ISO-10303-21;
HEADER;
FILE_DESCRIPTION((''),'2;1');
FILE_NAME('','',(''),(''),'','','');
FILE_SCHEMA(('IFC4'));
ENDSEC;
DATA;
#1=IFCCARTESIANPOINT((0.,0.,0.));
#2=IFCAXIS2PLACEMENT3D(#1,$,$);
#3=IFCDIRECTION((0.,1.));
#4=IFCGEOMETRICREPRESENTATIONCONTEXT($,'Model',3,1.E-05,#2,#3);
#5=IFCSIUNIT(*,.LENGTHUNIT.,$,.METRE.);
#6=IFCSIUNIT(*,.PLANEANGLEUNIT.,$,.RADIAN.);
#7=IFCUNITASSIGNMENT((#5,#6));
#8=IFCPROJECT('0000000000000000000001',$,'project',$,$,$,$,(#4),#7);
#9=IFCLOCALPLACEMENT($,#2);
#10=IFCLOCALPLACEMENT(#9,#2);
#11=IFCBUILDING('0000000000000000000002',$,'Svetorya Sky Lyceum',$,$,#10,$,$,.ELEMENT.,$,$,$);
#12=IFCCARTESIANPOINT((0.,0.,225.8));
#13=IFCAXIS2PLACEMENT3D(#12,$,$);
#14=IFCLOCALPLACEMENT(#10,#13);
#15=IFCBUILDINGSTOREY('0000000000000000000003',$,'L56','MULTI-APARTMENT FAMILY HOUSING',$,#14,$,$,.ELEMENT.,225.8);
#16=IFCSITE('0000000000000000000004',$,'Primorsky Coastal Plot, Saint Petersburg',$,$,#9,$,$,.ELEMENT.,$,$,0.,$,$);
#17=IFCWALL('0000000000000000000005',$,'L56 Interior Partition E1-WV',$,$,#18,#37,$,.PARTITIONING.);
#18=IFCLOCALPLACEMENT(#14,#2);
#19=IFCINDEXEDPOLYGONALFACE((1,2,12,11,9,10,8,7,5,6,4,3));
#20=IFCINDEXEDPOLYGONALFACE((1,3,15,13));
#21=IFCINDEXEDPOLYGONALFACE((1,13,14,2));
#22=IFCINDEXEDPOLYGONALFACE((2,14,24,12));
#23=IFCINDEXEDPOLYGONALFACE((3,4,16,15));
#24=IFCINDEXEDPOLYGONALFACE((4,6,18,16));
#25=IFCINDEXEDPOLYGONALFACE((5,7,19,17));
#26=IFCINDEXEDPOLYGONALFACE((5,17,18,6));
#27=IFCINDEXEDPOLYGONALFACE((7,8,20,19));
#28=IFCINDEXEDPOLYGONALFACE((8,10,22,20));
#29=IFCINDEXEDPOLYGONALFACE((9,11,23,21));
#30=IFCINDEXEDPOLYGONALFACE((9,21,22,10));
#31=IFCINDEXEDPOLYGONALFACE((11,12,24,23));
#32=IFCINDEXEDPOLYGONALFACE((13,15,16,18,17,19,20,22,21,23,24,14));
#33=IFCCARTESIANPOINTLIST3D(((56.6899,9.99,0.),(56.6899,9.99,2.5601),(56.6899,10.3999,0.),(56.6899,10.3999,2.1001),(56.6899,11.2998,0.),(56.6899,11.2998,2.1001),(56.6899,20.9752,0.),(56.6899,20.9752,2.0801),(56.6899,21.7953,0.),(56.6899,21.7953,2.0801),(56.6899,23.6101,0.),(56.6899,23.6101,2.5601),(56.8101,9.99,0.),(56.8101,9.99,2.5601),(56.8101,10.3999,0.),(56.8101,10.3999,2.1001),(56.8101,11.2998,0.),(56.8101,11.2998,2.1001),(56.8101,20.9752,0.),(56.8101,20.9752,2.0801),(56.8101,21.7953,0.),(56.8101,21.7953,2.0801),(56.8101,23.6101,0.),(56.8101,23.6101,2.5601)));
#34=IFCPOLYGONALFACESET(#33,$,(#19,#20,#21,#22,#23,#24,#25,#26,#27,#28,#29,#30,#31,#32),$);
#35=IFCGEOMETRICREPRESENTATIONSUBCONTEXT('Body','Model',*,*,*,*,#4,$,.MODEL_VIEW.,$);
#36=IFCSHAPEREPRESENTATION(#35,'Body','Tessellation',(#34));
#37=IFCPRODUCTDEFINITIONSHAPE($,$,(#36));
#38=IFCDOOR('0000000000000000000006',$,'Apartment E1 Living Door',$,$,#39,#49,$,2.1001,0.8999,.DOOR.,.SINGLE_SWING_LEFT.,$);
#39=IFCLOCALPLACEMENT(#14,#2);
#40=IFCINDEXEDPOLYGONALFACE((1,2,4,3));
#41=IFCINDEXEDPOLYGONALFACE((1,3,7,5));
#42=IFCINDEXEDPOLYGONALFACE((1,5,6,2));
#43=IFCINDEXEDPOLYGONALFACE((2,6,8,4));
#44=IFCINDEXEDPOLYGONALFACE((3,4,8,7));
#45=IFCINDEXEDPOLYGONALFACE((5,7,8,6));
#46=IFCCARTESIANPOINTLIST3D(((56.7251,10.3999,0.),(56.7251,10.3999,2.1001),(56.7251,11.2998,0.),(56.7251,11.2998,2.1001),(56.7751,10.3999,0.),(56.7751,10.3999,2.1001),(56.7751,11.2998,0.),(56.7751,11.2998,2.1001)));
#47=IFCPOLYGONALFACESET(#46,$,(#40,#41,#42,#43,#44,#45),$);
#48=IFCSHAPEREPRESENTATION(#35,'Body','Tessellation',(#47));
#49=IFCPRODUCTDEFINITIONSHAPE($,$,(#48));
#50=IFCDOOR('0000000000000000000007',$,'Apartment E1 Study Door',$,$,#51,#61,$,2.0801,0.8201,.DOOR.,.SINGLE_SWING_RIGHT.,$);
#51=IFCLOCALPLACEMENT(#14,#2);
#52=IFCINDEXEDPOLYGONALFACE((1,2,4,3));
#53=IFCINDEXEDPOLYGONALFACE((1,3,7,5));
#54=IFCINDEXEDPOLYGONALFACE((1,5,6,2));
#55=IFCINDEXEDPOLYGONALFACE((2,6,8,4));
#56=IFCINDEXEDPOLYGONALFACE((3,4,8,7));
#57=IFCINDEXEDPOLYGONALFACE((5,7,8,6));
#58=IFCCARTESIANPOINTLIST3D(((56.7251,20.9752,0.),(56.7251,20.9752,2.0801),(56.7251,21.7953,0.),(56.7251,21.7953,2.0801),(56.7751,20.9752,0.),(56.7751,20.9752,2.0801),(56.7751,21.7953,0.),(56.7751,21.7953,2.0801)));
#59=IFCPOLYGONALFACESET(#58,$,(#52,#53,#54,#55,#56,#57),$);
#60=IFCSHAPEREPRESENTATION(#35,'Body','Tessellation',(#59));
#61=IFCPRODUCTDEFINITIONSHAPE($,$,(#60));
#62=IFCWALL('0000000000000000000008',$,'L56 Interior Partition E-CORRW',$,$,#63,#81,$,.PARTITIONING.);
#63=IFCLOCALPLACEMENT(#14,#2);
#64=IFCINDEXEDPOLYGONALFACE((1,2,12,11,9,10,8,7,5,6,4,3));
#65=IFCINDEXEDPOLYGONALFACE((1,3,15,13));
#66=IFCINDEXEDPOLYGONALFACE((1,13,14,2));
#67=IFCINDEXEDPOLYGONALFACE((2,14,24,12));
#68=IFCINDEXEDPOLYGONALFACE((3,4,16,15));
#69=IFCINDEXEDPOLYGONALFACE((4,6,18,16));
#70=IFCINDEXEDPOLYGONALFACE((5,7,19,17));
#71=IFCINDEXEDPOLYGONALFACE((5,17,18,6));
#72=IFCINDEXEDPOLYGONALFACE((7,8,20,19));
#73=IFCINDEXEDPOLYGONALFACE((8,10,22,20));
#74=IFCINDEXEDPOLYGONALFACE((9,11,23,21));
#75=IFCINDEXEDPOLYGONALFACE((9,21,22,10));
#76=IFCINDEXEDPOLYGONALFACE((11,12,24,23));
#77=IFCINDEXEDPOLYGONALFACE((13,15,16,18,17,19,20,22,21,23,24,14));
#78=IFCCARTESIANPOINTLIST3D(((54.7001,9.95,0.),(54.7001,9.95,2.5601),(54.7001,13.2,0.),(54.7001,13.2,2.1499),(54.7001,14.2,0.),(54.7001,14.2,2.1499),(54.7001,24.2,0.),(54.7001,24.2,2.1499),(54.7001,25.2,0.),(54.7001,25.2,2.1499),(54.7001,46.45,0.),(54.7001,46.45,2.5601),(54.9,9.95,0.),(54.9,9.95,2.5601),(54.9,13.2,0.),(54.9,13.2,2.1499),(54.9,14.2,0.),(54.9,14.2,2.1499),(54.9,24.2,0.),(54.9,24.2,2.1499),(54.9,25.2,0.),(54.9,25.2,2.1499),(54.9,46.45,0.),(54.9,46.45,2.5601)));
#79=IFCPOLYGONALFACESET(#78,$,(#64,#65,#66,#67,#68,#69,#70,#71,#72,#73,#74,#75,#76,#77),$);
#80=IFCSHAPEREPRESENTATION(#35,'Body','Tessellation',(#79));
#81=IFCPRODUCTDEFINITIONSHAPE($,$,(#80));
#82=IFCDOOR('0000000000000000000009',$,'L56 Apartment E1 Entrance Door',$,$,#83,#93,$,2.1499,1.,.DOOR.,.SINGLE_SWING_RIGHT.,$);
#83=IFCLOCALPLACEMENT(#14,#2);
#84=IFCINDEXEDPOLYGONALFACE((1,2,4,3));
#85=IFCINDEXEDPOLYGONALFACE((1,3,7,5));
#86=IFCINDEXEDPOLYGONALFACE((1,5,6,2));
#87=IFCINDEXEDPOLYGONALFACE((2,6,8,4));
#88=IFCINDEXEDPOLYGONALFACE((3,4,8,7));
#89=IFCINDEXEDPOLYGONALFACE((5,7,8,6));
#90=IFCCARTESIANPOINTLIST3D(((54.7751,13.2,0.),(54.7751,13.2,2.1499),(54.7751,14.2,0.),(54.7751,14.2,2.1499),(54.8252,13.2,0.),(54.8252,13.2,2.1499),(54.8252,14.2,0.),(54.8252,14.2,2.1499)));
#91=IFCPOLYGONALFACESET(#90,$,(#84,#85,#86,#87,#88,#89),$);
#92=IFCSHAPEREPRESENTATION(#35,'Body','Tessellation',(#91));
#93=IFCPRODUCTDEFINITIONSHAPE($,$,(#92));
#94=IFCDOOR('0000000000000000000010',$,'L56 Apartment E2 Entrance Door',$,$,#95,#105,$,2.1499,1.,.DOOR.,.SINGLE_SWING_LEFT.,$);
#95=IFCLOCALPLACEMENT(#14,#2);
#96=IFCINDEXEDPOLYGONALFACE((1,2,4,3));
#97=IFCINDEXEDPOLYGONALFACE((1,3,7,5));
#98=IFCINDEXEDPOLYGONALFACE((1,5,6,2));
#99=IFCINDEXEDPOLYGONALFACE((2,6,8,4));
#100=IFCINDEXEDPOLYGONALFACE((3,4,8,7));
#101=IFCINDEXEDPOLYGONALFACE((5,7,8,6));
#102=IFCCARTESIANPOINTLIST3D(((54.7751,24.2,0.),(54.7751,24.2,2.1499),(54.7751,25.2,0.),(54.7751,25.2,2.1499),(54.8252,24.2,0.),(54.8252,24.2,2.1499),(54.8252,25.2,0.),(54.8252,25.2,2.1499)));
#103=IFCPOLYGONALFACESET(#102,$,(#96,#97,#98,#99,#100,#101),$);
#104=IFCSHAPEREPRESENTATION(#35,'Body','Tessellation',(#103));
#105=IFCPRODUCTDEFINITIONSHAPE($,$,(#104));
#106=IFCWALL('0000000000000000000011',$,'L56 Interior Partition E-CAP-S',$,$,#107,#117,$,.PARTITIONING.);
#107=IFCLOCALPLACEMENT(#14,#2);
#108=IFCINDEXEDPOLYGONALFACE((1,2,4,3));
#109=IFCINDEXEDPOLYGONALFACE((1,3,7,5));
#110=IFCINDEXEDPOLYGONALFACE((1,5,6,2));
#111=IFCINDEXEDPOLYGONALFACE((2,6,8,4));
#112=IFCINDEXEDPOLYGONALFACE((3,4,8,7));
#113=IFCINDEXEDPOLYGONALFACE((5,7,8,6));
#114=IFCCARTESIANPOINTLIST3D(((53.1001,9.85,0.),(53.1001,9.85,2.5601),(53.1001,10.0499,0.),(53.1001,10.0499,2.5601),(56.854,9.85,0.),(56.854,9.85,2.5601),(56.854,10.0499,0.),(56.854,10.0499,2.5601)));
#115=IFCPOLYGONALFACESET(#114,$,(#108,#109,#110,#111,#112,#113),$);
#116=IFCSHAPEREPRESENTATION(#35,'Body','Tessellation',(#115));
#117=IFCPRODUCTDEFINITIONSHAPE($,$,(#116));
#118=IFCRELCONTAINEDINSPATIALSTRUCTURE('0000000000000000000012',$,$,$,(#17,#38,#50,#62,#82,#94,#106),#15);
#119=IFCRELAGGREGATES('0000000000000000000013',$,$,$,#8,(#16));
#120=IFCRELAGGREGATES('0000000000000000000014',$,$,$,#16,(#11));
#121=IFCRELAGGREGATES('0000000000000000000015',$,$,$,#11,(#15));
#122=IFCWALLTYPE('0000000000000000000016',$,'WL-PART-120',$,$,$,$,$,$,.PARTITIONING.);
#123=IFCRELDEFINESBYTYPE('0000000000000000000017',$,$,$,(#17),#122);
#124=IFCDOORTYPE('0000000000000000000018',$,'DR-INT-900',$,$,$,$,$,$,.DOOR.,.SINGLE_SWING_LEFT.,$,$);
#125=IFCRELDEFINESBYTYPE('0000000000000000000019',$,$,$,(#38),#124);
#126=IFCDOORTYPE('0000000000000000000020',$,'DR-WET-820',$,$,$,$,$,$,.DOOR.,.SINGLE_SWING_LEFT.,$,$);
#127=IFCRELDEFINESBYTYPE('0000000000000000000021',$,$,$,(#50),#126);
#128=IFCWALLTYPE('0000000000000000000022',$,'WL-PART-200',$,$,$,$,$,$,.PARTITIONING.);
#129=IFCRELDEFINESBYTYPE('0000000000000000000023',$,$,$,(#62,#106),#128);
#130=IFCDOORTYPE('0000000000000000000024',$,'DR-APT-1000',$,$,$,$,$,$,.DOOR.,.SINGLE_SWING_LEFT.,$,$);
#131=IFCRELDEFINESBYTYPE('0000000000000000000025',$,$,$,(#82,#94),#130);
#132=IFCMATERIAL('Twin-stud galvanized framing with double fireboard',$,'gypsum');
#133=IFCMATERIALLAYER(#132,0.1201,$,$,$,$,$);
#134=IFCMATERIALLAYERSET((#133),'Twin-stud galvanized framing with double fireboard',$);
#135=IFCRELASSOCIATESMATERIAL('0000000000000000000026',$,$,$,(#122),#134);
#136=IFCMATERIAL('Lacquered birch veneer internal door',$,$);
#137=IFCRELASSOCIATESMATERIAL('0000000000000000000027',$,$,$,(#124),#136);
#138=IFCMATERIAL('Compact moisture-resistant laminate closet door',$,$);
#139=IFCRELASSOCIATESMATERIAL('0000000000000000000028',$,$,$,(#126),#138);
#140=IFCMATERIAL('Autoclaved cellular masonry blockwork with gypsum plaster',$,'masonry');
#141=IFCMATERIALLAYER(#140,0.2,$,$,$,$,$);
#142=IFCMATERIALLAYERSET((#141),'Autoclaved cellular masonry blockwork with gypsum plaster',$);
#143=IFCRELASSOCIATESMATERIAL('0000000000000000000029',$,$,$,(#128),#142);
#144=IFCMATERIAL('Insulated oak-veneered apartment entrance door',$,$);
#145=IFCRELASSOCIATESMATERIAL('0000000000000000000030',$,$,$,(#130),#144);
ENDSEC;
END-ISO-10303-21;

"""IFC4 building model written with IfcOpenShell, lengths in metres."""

from ifc_helpers import new_model, si_unit, direction, frame, frame_2d, origin, place, context, subcontext, project, spatial, rectangle, extrude, material, layer, layer_set, type_object, element, fill, save


model = new_model("IFC4")

# Units and contexts
model_context = context("Model", 3, precision=1e-05, world=origin(), true_north=direction((0.0, 1.0)))
body_context = subcontext(model_context, "Body", "Model", "MODEL_VIEW")
ifc_project = project(units=[si_unit("LENGTHUNIT", "METRE"), si_unit("PLANEANGLEUNIT", "RADIAN")], contexts=[model_context])

# Site, building, storey
site_placement = place(None, origin())
site = spatial("IfcSite", under=ifc_project, at=site_placement, Name="Primorsky Coastal Plot, Saint Petersburg", CompositionType="ELEMENT", RefElevation=0.0)
building_placement = place(site_placement, origin())
building = spatial("IfcBuilding", under=site, at=building_placement, Name="Svetorya Sky Lyceum", CompositionType="ELEMENT")
storey_placement = place(building_placement, frame((0.0, 0.0, 225.8)))
storey = spatial("IfcBuildingStorey", under=building, at=storey_placement, Name="L56", Description="MULTI-APARTMENT FAMILY HOUSING", CompositionType="ELEMENT", Elevation=225.8)

# Walls, openings, doors
ifc_material_1 = material(Name="Twin-stud galvanized framing with double fireboard", Category="gypsum")
ifc_layer_1 = layer(ifc_material_1, 0.1201)
ifc_layer_set_1 = layer_set([ifc_layer_1], Name="Twin-stud galvanized framing with double fireboard")
wall_type_1 = type_object("IfcWallType", Name="WL-PART-120", PredefinedType="PARTITIONING", material=ifc_layer_set_1)
wall_1_placement = place(storey_placement, frame((56.75, 9.99, 0.0), z_axis=(0.0, 0.0, 1.0), x_axis=(0.0, 1.0, 0.0)))
wall_1 = element("IfcWall", 1, at=wall_1_placement, inside=storey, type_object=wall_type_1, Name="L56 Interior Partition E1-WV", PredefinedType="PARTITIONING", context=body_context, shape_type="SweptSolid", body=[
    extrude(rectangle(XDim=13.6201, YDim=0.1201, at=frame_2d((6.8101, 0.0))), origin(), (0.0, 0.0, 1.0), 2.5601),
])
opening_1_placement = place(wall_1_placement, frame((0.4099, 0.0, 0.0)))
opening_1 = element("IfcOpeningElement", 2, at=opening_1_placement, cuts=wall_1, PredefinedType="OPENING", context=body_context, shape_type="SweptSolid", body=[
    extrude(rectangle(XDim=0.8999, YDim=2.1001, at=frame_2d((0.45, 1.05))), frame((0.0, 0.0701, 0.0), z_axis=(0.0, -1.0, 0.0), x_axis=(1.0, 0.0, 0.0)), (0.0, 0.0, 1.0), 0.1401),
])
opening_2_placement = place(wall_1_placement, frame((10.9851, 0.0, 0.0)))
opening_2 = element("IfcOpeningElement", 3, at=opening_2_placement, cuts=wall_1, PredefinedType="OPENING", context=body_context, shape_type="SweptSolid", body=[
    extrude(rectangle(XDim=0.8201, YDim=2.0801, at=frame_2d((0.4102, 1.04))), frame((0.0, 0.0701, 0.0), z_axis=(0.0, -1.0, 0.0), x_axis=(1.0, 0.0, 0.0)), (0.0, 0.0, 1.0), 0.1401),
])
ifc_material_2 = material(Name="Lacquered birch veneer internal door")
door_type_1 = type_object("IfcDoorType", Name="DR-INT-900", OperationType="SINGLE_SWING_LEFT", PredefinedType="DOOR", material=ifc_material_2)
door_1_placement = place(opening_1_placement, origin())
door_1 = element("IfcDoor", 4, at=door_1_placement, inside=storey, type_object=door_type_1, Name="Apartment E1 Living Door", OperationType="SINGLE_SWING_LEFT", OverallHeight=2.1001, OverallWidth=0.8999, PredefinedType="DOOR", context=body_context, shape_type="SweptSolid", body=[
    extrude(rectangle(XDim=0.8999, YDim=2.1001, at=frame_2d((0.45, 1.05))), frame((0.0, 0.0249, 0.0), z_axis=(0.0, -1.0, 0.0), x_axis=(1.0, 0.0, 0.0)), (0.0, 0.0, 1.0), 0.05),
])
fill(opening_1, door_1)
ifc_material_3 = material(Name="Compact moisture-resistant laminate closet door")
door_type_2 = type_object("IfcDoorType", Name="DR-WET-820", OperationType="SINGLE_SWING_LEFT", PredefinedType="DOOR", material=ifc_material_3)
door_2_placement = place(opening_2_placement, origin())
door_2 = element("IfcDoor", 5, at=door_2_placement, inside=storey, type_object=door_type_2, Name="Apartment E1 Study Door", OperationType="SINGLE_SWING_RIGHT", OverallHeight=2.0801, OverallWidth=0.8201, PredefinedType="DOOR", context=body_context, shape_type="SweptSolid", body=[
    extrude(rectangle(XDim=0.8201, YDim=2.0801, at=frame_2d((0.4102, 1.04))), frame((0.0, 0.0249, 0.0), z_axis=(0.0, -1.0, 0.0), x_axis=(1.0, 0.0, 0.0)), (0.0, 0.0, 1.0), 0.05),
])
fill(opening_2, door_2)
ifc_material_4 = material(Name="Autoclaved cellular masonry blockwork with gypsum plaster", Category="masonry")
ifc_layer_2 = layer(ifc_material_4, 0.2)
ifc_layer_set_2 = layer_set([ifc_layer_2], Name="Autoclaved cellular masonry blockwork with gypsum plaster")
wall_type_2 = type_object("IfcWallType", Name="WL-PART-200", PredefinedType="PARTITIONING", material=ifc_layer_set_2)
wall_2_placement = place(storey_placement, frame((54.8, 9.95, 0.0), z_axis=(0.0, 0.0, 1.0), x_axis=(0.0, 1.0, 0.0)))
wall_2 = element("IfcWall", 6, at=wall_2_placement, inside=storey, type_object=wall_type_2, Name="L56 Interior Partition E-CORRW", PredefinedType="PARTITIONING", context=body_context, shape_type="SweptSolid", body=[
    extrude(rectangle(XDim=36.5, YDim=0.2, at=frame_2d((18.25, 0.0))), origin(), (0.0, 0.0, 1.0), 2.5601),
])
opening_3_placement = place(wall_2_placement, frame((3.25, 0.0, 0.0)))
opening_3 = element("IfcOpeningElement", 7, at=opening_3_placement, cuts=wall_2, PredefinedType="OPENING", context=body_context, shape_type="SweptSolid", body=[
    extrude(rectangle(XDim=1.0, YDim=2.1499, at=frame_2d((0.5, 1.075))), frame((0.0, 0.1099, 0.0), z_axis=(0.0, -1.0, 0.0), x_axis=(1.0, 0.0, 0.0)), (0.0, 0.0, 1.0), 0.22),
])
opening_4_placement = place(wall_2_placement, frame((14.25, 0.0, 0.0)))
opening_4 = element("IfcOpeningElement", 8, at=opening_4_placement, cuts=wall_2, PredefinedType="OPENING", context=body_context, shape_type="SweptSolid", body=[
    extrude(rectangle(XDim=1.0, YDim=2.1499, at=frame_2d((0.5, 1.075))), frame((0.0, 0.1099, 0.0), z_axis=(0.0, -1.0, 0.0), x_axis=(1.0, 0.0, 0.0)), (0.0, 0.0, 1.0), 0.22),
])
ifc_material_5 = material(Name="Insulated oak-veneered apartment entrance door")
door_type_3 = type_object("IfcDoorType", Name="DR-APT-1000", OperationType="SINGLE_SWING_LEFT", PredefinedType="DOOR", material=ifc_material_5)
door_3_placement = place(opening_3_placement, origin())
door_3 = element("IfcDoor", 9, at=door_3_placement, inside=storey, type_object=door_type_3, Name="L56 Apartment E1 Entrance Door", OperationType="SINGLE_SWING_RIGHT", OverallHeight=2.1499, OverallWidth=1.0, PredefinedType="DOOR", context=body_context, shape_type="SweptSolid", body=[
    extrude(rectangle(XDim=1.0, YDim=2.1499, at=frame_2d((0.5, 1.075))), frame((0.0, 0.0249, 0.0), z_axis=(0.0, -1.0, 0.0), x_axis=(1.0, 0.0, 0.0)), (0.0, 0.0, 1.0), 0.05),
])
fill(opening_3, door_3)
door_4_placement = place(opening_4_placement, origin())
door_4 = element("IfcDoor", 10, at=door_4_placement, inside=storey, type_object=door_type_3, Name="L56 Apartment E2 Entrance Door", OperationType="SINGLE_SWING_LEFT", OverallHeight=2.1499, OverallWidth=1.0, PredefinedType="DOOR", context=body_context, shape_type="SweptSolid", body=[
    extrude(rectangle(XDim=1.0, YDim=2.1499, at=frame_2d((0.5, 1.075))), frame((0.0, 0.0249, 0.0), z_axis=(0.0, -1.0, 0.0), x_axis=(1.0, 0.0, 0.0)), (0.0, 0.0, 1.0), 0.05),
])
fill(opening_4, door_4)

# Wall
wall_3_placement = place(storey_placement, frame((53.1001, 9.95, 0.0), z_axis=(0.0, 0.0, 1.0), x_axis=(1.0, 0.0, 0.0)))
element("IfcWall", 11, at=wall_3_placement, inside=storey, type_object=wall_type_2, Name="L56 Interior Partition E-CAP-S", PredefinedType="PARTITIONING", context=body_context, shape_type="SweptSolid", body=[
    extrude(rectangle(XDim=3.7539, YDim=0.2, at=frame_2d((1.877, 0.0))), origin(), (0.0, 0.0, 1.0), 2.5601),
])

save(model, "model.ifc")
